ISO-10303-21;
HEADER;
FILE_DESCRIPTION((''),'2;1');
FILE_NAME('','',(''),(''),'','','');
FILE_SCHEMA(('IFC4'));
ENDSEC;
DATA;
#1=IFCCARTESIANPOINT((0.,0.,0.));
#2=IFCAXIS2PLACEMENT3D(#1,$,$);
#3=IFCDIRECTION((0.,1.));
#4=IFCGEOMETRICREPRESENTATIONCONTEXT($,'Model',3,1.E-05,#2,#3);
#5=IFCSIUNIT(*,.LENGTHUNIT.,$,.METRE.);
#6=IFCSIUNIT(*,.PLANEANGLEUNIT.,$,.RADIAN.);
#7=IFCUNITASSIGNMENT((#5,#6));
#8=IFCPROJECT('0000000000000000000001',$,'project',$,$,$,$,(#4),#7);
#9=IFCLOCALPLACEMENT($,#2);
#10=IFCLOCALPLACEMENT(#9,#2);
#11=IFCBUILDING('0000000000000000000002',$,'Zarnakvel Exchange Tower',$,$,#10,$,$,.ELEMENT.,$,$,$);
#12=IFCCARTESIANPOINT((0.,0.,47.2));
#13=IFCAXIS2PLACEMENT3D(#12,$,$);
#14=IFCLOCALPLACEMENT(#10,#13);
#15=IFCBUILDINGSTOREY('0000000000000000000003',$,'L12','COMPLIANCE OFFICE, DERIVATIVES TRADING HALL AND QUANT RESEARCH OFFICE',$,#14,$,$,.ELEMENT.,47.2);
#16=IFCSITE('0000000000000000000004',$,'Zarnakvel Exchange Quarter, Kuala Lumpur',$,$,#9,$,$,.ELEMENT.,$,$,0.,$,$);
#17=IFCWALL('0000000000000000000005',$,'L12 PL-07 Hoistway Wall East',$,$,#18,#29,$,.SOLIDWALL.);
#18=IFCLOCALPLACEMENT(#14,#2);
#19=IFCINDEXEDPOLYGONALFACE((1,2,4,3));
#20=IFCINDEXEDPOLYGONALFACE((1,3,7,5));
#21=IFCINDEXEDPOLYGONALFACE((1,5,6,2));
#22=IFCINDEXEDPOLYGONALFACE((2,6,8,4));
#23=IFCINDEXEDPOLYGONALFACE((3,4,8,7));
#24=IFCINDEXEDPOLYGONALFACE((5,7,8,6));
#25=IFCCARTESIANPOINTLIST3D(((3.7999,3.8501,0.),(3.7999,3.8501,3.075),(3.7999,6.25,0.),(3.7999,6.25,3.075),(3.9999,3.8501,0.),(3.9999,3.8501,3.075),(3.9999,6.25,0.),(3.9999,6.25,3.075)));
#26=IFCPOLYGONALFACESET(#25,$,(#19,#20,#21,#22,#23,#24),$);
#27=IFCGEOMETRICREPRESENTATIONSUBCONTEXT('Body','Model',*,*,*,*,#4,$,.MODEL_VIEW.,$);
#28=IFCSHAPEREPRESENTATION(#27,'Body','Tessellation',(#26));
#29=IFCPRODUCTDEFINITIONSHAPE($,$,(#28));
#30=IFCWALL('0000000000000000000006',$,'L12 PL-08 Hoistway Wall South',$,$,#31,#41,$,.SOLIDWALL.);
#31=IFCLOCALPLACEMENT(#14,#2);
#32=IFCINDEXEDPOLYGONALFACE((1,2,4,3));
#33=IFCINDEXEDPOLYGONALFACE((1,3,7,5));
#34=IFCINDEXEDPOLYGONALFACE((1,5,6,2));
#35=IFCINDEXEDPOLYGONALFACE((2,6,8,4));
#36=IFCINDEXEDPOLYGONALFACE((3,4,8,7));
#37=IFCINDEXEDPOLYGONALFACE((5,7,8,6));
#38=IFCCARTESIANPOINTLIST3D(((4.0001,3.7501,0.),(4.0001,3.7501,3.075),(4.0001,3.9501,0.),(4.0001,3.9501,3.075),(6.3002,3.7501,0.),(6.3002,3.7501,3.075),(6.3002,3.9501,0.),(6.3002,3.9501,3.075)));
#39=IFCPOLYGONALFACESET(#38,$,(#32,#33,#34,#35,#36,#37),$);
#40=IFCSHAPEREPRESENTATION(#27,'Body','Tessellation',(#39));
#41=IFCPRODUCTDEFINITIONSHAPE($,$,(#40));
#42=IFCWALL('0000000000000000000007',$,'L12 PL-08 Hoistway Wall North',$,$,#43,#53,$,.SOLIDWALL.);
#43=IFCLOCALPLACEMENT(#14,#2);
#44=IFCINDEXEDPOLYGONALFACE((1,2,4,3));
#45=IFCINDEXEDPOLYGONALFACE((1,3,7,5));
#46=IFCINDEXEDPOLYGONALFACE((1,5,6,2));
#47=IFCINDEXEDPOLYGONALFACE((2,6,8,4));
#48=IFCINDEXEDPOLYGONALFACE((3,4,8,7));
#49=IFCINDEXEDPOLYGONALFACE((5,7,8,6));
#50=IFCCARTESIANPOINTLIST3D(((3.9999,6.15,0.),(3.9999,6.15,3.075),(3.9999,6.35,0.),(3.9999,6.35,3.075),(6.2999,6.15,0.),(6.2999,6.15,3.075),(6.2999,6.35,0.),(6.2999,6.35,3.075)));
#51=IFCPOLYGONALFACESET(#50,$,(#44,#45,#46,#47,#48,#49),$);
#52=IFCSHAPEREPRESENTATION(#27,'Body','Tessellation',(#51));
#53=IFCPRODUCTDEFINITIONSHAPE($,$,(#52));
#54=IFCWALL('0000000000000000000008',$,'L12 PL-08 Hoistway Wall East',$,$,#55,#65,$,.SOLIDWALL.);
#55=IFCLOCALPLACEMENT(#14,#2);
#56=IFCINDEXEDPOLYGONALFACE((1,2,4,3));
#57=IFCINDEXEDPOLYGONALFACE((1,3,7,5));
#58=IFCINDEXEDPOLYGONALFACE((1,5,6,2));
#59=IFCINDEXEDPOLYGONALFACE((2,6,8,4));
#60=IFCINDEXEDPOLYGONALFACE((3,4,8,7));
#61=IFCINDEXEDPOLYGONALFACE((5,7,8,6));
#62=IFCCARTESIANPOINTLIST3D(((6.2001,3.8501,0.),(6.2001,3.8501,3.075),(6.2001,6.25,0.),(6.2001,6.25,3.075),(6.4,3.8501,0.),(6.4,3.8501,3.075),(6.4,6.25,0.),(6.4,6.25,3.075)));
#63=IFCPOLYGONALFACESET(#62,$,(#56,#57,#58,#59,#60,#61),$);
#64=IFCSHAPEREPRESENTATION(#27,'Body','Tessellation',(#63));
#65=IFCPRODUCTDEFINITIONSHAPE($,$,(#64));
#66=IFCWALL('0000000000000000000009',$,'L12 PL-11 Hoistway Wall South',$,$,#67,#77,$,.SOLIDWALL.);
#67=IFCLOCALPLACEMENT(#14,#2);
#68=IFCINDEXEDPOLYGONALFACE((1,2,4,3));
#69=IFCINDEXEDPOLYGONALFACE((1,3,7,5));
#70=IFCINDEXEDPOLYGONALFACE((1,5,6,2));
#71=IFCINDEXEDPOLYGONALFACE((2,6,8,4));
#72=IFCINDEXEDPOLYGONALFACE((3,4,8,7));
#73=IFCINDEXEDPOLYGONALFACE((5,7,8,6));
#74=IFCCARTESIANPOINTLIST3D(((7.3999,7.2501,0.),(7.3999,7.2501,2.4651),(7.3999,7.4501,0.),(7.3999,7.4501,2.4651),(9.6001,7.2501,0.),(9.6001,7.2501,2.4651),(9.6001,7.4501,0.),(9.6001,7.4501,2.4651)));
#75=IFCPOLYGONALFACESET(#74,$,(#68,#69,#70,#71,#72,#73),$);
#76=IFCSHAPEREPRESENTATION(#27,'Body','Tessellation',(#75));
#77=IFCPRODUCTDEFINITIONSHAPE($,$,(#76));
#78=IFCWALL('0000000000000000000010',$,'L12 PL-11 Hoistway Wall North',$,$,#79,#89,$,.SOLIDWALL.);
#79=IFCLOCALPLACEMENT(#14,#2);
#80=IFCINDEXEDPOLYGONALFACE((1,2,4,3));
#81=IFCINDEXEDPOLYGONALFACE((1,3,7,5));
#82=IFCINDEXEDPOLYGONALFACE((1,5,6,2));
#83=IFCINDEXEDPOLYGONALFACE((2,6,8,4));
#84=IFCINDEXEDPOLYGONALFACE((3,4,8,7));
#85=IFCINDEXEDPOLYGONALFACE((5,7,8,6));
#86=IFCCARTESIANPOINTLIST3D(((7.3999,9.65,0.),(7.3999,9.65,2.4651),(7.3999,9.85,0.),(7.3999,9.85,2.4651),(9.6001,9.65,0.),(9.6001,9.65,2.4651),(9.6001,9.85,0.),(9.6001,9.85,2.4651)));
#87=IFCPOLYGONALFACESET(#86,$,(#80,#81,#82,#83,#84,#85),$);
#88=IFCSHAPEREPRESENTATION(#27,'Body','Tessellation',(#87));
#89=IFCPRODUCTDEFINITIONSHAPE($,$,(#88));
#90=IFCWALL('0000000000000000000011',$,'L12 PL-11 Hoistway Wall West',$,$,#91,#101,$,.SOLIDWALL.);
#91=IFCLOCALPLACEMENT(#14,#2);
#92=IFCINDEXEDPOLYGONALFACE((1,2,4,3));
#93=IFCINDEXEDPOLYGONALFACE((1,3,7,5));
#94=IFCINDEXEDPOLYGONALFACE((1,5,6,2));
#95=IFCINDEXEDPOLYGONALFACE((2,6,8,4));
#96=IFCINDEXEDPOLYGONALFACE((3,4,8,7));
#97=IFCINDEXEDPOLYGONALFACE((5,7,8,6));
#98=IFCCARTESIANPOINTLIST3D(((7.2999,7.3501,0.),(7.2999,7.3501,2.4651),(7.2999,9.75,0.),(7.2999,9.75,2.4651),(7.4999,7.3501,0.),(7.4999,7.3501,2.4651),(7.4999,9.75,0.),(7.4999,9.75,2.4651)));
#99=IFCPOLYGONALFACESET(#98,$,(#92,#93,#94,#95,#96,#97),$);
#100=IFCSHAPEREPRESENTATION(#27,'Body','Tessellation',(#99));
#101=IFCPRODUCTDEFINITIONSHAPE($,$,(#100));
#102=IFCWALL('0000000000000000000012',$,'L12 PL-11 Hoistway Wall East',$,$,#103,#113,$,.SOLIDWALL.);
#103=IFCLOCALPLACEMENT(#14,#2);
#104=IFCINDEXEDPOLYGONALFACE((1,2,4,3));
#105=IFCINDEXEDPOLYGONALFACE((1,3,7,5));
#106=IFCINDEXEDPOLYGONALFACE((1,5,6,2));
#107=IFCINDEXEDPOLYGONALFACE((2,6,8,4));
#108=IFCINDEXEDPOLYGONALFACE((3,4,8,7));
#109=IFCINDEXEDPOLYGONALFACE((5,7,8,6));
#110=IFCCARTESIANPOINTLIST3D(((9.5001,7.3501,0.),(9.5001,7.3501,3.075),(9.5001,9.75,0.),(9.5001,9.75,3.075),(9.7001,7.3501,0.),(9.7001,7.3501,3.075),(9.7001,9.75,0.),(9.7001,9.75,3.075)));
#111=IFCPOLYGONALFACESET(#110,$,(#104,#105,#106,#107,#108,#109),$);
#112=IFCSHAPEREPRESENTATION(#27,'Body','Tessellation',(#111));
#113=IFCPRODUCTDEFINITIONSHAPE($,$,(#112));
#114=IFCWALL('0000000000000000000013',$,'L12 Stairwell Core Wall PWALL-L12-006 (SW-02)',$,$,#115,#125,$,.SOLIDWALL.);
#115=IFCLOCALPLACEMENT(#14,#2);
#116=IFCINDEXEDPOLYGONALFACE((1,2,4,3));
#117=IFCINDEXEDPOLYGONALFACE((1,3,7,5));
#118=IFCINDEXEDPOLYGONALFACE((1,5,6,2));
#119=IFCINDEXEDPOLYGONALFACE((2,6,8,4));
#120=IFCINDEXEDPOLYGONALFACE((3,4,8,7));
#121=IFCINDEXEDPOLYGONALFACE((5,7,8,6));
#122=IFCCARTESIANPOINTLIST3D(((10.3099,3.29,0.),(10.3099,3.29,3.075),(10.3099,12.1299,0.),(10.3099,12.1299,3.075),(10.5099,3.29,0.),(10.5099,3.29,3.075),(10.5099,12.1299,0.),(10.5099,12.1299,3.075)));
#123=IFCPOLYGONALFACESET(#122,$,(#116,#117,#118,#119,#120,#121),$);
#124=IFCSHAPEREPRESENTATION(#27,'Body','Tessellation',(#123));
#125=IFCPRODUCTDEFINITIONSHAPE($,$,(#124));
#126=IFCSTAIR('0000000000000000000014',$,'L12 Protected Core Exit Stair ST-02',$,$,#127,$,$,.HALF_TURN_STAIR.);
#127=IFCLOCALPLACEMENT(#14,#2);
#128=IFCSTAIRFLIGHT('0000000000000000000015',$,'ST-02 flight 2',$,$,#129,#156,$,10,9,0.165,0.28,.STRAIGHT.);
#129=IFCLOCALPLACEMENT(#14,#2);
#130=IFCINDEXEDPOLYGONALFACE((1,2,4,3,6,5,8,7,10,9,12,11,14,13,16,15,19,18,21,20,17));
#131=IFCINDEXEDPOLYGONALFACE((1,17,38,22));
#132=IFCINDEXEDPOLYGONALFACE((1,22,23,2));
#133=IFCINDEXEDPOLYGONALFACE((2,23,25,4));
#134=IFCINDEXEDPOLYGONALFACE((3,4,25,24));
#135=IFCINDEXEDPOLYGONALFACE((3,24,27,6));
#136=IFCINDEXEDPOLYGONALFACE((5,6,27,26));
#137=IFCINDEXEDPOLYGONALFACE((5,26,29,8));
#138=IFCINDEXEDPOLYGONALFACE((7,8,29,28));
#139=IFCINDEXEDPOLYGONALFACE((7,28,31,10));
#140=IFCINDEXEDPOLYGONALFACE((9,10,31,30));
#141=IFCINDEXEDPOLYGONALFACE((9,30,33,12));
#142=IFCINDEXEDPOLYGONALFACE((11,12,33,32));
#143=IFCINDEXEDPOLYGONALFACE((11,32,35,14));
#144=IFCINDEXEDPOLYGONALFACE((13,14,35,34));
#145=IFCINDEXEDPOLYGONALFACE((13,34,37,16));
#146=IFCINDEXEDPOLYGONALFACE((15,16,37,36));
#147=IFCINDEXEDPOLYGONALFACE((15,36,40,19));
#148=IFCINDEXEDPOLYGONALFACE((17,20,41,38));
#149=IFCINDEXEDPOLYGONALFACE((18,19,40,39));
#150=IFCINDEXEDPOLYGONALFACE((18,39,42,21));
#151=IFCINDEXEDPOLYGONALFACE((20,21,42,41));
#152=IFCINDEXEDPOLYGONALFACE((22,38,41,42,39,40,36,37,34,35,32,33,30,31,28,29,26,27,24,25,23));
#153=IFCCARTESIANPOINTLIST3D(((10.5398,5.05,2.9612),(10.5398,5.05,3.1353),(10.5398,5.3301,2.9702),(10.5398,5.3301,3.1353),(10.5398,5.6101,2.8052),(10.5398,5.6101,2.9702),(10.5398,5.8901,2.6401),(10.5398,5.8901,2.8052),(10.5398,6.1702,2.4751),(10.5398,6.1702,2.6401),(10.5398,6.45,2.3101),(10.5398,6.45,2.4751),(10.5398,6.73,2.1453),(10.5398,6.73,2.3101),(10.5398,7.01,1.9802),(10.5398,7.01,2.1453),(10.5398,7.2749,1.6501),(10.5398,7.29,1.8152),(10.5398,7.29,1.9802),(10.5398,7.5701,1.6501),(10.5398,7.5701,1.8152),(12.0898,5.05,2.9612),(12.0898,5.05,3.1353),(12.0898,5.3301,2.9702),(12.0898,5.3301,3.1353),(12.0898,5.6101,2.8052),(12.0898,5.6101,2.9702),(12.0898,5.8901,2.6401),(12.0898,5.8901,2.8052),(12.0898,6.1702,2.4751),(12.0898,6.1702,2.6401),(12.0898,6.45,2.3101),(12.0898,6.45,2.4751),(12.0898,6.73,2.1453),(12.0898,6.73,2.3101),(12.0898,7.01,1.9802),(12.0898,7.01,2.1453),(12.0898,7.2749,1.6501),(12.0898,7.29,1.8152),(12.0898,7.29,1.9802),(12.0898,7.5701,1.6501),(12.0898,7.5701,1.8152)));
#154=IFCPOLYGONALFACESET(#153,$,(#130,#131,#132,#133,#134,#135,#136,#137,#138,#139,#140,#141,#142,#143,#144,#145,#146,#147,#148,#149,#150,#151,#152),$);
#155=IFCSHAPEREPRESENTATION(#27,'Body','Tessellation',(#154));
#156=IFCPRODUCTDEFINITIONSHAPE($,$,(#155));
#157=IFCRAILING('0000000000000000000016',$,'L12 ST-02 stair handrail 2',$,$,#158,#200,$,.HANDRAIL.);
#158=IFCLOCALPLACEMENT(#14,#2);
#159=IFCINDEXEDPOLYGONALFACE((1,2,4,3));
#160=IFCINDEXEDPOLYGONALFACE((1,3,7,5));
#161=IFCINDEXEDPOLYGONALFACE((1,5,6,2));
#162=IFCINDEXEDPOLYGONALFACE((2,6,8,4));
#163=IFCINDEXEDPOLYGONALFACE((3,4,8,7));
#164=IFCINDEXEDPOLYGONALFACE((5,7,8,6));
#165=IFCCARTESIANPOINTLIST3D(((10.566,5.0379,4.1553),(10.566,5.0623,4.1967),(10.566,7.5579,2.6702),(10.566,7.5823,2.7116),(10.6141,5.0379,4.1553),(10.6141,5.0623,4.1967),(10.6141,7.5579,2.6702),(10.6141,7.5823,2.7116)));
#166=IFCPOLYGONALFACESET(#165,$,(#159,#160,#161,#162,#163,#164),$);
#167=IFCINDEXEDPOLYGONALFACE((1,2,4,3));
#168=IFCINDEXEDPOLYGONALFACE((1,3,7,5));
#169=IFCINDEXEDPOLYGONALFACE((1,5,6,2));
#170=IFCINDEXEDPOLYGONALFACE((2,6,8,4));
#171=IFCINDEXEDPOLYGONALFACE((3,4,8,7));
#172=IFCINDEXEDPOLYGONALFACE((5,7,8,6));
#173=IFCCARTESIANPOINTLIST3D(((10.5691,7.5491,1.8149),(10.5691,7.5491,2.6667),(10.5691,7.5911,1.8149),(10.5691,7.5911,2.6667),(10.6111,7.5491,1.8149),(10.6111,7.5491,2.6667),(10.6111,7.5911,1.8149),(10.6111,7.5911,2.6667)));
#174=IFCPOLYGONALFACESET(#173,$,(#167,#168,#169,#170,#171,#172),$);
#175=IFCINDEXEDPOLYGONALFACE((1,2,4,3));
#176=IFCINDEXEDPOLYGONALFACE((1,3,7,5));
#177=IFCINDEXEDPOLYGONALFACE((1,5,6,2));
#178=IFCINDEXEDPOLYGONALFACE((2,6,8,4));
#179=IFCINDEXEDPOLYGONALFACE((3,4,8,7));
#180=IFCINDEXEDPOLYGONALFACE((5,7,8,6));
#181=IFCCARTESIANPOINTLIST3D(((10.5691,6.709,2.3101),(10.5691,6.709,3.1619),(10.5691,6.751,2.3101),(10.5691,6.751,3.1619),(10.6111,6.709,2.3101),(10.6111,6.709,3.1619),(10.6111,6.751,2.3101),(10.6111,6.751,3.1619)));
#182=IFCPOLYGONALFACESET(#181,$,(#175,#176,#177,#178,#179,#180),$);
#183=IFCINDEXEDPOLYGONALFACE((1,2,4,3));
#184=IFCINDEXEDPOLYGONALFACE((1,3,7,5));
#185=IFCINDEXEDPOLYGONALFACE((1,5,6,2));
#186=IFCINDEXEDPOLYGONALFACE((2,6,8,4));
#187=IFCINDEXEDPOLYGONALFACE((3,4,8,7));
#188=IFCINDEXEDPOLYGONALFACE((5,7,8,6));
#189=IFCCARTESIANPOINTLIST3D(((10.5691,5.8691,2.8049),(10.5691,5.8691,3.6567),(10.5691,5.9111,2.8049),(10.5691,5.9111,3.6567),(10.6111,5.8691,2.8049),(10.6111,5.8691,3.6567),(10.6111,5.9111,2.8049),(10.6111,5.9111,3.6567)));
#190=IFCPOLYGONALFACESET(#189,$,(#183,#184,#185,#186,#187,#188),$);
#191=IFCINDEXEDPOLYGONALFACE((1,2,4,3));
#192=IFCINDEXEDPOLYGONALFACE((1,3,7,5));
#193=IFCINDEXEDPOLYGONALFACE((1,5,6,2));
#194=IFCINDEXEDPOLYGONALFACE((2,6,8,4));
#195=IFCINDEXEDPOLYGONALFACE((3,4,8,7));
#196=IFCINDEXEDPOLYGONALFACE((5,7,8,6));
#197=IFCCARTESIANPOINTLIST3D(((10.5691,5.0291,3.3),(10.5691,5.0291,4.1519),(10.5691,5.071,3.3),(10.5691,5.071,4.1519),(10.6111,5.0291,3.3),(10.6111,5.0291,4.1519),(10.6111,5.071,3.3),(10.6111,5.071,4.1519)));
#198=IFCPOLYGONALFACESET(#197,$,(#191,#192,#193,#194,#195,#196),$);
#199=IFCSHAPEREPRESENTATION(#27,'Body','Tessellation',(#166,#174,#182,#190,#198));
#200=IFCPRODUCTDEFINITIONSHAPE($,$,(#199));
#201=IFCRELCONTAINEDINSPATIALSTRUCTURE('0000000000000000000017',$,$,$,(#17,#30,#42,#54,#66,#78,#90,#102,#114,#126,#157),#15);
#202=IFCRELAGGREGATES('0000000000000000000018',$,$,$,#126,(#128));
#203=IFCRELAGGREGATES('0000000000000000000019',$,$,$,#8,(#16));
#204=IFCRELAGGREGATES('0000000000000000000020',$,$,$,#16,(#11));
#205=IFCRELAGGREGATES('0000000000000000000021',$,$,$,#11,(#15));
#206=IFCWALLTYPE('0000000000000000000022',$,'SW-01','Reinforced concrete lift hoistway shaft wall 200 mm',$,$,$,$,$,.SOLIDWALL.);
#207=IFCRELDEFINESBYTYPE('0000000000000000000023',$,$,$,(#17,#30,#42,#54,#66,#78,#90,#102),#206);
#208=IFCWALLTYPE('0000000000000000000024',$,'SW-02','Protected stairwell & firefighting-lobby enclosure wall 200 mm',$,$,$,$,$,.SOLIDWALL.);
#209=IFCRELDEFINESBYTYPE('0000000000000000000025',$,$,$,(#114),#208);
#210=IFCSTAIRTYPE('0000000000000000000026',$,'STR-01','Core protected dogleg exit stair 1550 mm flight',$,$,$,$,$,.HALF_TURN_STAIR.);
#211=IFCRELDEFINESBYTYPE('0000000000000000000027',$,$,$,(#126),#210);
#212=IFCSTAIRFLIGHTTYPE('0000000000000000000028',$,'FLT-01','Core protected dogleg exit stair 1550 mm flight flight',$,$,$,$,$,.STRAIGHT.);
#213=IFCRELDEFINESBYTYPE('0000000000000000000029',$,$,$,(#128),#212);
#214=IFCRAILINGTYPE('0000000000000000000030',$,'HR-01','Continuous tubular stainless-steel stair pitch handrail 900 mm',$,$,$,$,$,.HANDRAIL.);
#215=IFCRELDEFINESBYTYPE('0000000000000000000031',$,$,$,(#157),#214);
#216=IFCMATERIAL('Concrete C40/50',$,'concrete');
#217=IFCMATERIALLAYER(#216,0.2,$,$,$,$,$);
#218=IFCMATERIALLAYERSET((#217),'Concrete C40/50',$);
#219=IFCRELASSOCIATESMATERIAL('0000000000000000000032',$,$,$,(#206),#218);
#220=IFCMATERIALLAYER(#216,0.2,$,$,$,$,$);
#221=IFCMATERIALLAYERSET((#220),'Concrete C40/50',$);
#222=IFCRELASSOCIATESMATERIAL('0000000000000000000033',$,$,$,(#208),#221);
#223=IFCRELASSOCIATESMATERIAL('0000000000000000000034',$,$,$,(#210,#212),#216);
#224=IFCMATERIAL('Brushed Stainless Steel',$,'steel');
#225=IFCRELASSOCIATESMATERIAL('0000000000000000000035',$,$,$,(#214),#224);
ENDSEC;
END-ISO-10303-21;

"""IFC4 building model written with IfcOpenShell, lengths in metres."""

from ifc_helpers import new_model, si_unit, direction, frame, frame_2d, origin, origin_2d, place, context, subcontext, project, spatial, polyline, rectangle, outline, extrude, material, layer, layer_set, type_object, element, aggregate, save


model = new_model("IFC4")

# Units and contexts
model_context = context("Model", 3, precision=1e-05, world=origin(), true_north=direction((0.0, 1.0)))
body_context = subcontext(model_context, "Body", "Model", "MODEL_VIEW")
ifc_project = project(units=[si_unit("LENGTHUNIT", "METRE"), si_unit("PLANEANGLEUNIT", "RADIAN")], contexts=[model_context])

# Site, building, storey
site_placement = place(None, origin())
site = spatial("IfcSite", under=ifc_project, at=site_placement, Name="Zarnakvel Exchange Quarter, Kuala Lumpur", CompositionType="ELEMENT", RefElevation=0.0)
building_placement = place(site_placement, origin())
building = spatial("IfcBuilding", under=site, at=building_placement, Name="Zarnakvel Exchange Tower", CompositionType="ELEMENT")
storey_placement = place(building_placement, frame((0.0, 0.0, 47.2)))
storey = spatial("IfcBuildingStorey", under=building, at=storey_placement, Name="L12", Description="COMPLIANCE OFFICE, DERIVATIVES TRADING HALL AND QUANT RESEARCH OFFICE", CompositionType="ELEMENT", Elevation=47.2)

# Shared definitions
ifc_material_1 = material(Name="Concrete C40/50", Category="concrete")
ifc_layer_1 = layer(ifc_material_1, 0.2)
ifc_layer_set_1 = layer_set([ifc_layer_1], Name="Concrete C40/50")
wall_type_1 = type_object("IfcWallType", Name="SW-01", Description="Reinforced concrete lift hoistway shaft wall 200 mm", PredefinedType="SOLIDWALL", material=ifc_layer_set_1)
ifc_material_2 = material(Name="Brushed Stainless Steel", Category="steel")

# Walls
for number, where, z_axis, x_axis, name in (
    (1, (3.8999, 6.25, 0.0), (0.0, 0.0, 1.0), (0.0, -1.0, 0.0), "L12 PL-07 Hoistway Wall East"),
):
    element("IfcWall", number, at=place(storey_placement, frame(where, z_axis=z_axis, x_axis=x_axis)), inside=storey, type_object=wall_type_1, Name=name, PredefinedType="SOLIDWALL", context=body_context, shape_type="SweptSolid", body=[
        extrude(rectangle(XDim=2.3999, YDim=0.2, at=frame_2d((1.2, 0.0))), origin(), (0.0, 0.0, 1.0), 3.075),
    ])
for number, where, z_axis, x_axis, name in (
    (2, (6.3, 3.8501, 0.0), (0.0, 0.0, 1.0), (-1.0, 0.0, 0.0), "L12 PL-08 Hoistway Wall South"),
    (3, (4.0, 6.25, 0.0), (0.0, 0.0, 1.0), (1.0, 0.0, 0.0), "L12 PL-08 Hoistway Wall North"),
):
    element("IfcWall", number, at=place(storey_placement, frame(where, z_axis=z_axis, x_axis=x_axis)), inside=storey, type_object=wall_type_1, Name=name, PredefinedType="SOLIDWALL", context=body_context, shape_type="SweptSolid", body=[
        extrude(rectangle(XDim=2.3, YDim=0.2, at=frame_2d((1.1499, 0.0))), origin(), (0.0, 0.0, 1.0), 3.075),
    ])
wall_1_placement = place(storey_placement, frame((6.3, 6.25, 0.0), z_axis=(0.0, 0.0, 1.0), x_axis=(0.0, -1.0, 0.0)))
element("IfcWall", 4, at=wall_1_placement, inside=storey, type_object=wall_type_1, Name="L12 PL-08 Hoistway Wall East", PredefinedType="SOLIDWALL", context=body_context, shape_type="SweptSolid", body=[
    extrude(rectangle(XDim=2.3999, YDim=0.2, at=frame_2d((1.2, 0.0))), origin(), (0.0, 0.0, 1.0), 3.075),
])
for number, where, z_axis, x_axis, name in (
    (5, (9.6001, 7.3501, 0.0), (0.0, 0.0, 1.0), (-1.0, 0.0, 0.0), "L12 PL-11 Hoistway Wall South"),
    (6, (7.3999, 9.75, 0.0), (0.0, 0.0, 1.0), (1.0, 0.0, 0.0), "L12 PL-11 Hoistway Wall North"),
):
    element("IfcWall", number, at=place(storey_placement, frame(where, z_axis=z_axis, x_axis=x_axis)), inside=storey, type_object=wall_type_1, Name=name, PredefinedType="SOLIDWALL", context=body_context, shape_type="SweptSolid", body=[
        extrude(rectangle(XDim=2.2002, YDim=0.2, at=frame_2d((1.1001, 0.0))), origin(), (0.0, 0.0, 1.0), 2.4651),
    ])
wall_2_placement = place(storey_placement, frame((7.3999, 7.3501, 0.0), z_axis=(0.0, 0.0, 1.0), x_axis=(0.0, 1.0, 0.0)))
element("IfcWall", 7, at=wall_2_placement, inside=storey, type_object=wall_type_1, Name="L12 PL-11 Hoistway Wall West", PredefinedType="SOLIDWALL", context=body_context, shape_type="SweptSolid", body=[
    extrude(rectangle(XDim=2.3999, YDim=0.2, at=frame_2d((1.2, 0.0))), origin(), (0.0, 0.0, 1.0), 2.4651),
])
wall_3_placement = place(storey_placement, frame((9.6001, 9.75, 0.0), z_axis=(0.0, 0.0, 1.0), x_axis=(0.0, -1.0, 0.0)))
element("IfcWall", 8, at=wall_3_placement, inside=storey, type_object=wall_type_1, Name="L12 PL-11 Hoistway Wall East", PredefinedType="SOLIDWALL", context=body_context, shape_type="SweptSolid", body=[
    extrude(rectangle(XDim=2.3999, YDim=0.2, at=frame_2d((1.2, 0.0))), origin(), (0.0, 0.0, 1.0), 3.075),
])
ifc_layer_2 = layer(ifc_material_1, 0.2)
ifc_layer_set_2 = layer_set([ifc_layer_2], Name="Concrete C40/50")
wall_type_2 = type_object("IfcWallType", Name="SW-02", Description="Protected stairwell & firefighting-lobby enclosure wall 200 mm", PredefinedType="SOLIDWALL", material=ifc_layer_set_2)
wall_4_placement = place(storey_placement, frame((10.4099, 3.29, 0.0), z_axis=(0.0, 0.0, 1.0), x_axis=(0.0, 1.0, 0.0)))
element("IfcWall", 9, at=wall_4_placement, inside=storey, type_object=wall_type_2, Name="L12 Stairwell Core Wall PWALL-L12-006 (SW-02)", PredefinedType="SOLIDWALL", context=body_context, shape_type="SweptSolid", body=[
    extrude(rectangle(XDim=8.8398, YDim=0.2, at=frame_2d((4.4199, 0.0))), origin(), (0.0, 0.0, 1.0), 3.075),
])

# Stair, stair flight
stair_type = type_object("IfcStairType", Name="STR-01", Description="Core protected dogleg exit stair 1550 mm flight", PredefinedType="HALF_TURN_STAIR", material=ifc_material_1)
stair_placement = place(storey_placement, origin())
stair = element("IfcStair", 10, at=stair_placement, inside=storey, type_object=stair_type, Name="L12 Protected Core Exit Stair ST-02", PredefinedType="HALF_TURN_STAIR")
stair_flight_type = type_object("IfcStairFlightType", Name="FLT-01", Description="Core protected dogleg exit stair 1550 mm flight flight", PredefinedType="STRAIGHT", material=ifc_material_1)
stair_flight_placement = place(storey_placement, frame((11.3149, 7.5701, 1.6501), z_axis=(0.0, 0.0, 1.0), x_axis=(0.0, -1.0, 0.0)))
stair_flight = element("IfcStairFlight", 11, at=stair_flight_placement, type_object=stair_flight_type, Name="ST-02 flight 2", NumberOfRisers=10, NumberOfTreads=9, PredefinedType="STRAIGHT", RiserHeight=0.165, TreadLength=0.28, context=body_context, shape_type="SweptSolid", body=[
    extrude(outline(polyline([(0.0, 0.0), (0.0, 0.165), (0.28, 0.165), (0.28, 0.3301), (0.5601, 0.3301), (0.5601, 0.4951), (0.8401, 0.4951), (0.8401, 0.6599), (1.1201, 0.6599), (1.1201, 0.825), (1.3999, 0.825), (1.3999, 0.99), (1.6799, 0.99), (1.6799, 1.155), (1.96, 1.155), (1.96, 1.3201), (2.24, 1.3201), (2.24, 1.4851), (2.52, 1.4851), (2.52, 1.6499), (2.52, 1.311), (0.2952, 0.0), (0.0, 0.0)])), frame((0.0, 0.7749, 0.0), z_axis=(0.0, -1.0, 0.0), x_axis=(1.0, 0.0, 0.0)), (0.0, 0.0, 1.0), 1.55),
])
aggregate(stair, [stair_flight])

# Railing
railing_type_1 = type_object("IfcRailingType", Name="HR-01", Description="Continuous tubular stainless-steel stair pitch handrail 900 mm", PredefinedType="HANDRAIL", material=ifc_material_2)
railing_1_placement = place(storey_placement, frame((10.5901, 7.5701, 1.8149)))
element("IfcRailing", 12, at=railing_1_placement, inside=storey, type_object=railing_type_1, Name="L12 ST-02 stair handrail 2", PredefinedType="HANDRAIL", context=body_context, shape_type="SweptSolid", body=[
    extrude(rectangle(XDim=0.0481, YDim=0.0481, at=origin_2d()), frame((0.0, 0.0, 0.876), z_axis=(0.0, -0.861524, 0.507717), x_axis=(1.0, 0.0, 0.0)), (0.0, 0.0, 1.0), 2.925),
    extrude(rectangle(XDim=0.042, YDim=0.042, at=origin_2d()), origin(), (0.0, 0.0, 1.0), 0.8518),
    extrude(rectangle(XDim=0.042, YDim=0.042, at=origin_2d()), frame((0.0, -0.8401, 0.4951)), (0.0, 0.0, 1.0), 0.8518),
    extrude(rectangle(XDim=0.042, YDim=0.042, at=origin_2d()), frame((0.0, -1.6799, 0.99)), (0.0, 0.0, 1.0), 0.8518),
    extrude(rectangle(XDim=0.042, YDim=0.042, at=origin_2d()), frame((0.0, -2.52, 1.4851)), (0.0, 0.0, 1.0), 0.8518),
])

save(model, "model.ifc")
